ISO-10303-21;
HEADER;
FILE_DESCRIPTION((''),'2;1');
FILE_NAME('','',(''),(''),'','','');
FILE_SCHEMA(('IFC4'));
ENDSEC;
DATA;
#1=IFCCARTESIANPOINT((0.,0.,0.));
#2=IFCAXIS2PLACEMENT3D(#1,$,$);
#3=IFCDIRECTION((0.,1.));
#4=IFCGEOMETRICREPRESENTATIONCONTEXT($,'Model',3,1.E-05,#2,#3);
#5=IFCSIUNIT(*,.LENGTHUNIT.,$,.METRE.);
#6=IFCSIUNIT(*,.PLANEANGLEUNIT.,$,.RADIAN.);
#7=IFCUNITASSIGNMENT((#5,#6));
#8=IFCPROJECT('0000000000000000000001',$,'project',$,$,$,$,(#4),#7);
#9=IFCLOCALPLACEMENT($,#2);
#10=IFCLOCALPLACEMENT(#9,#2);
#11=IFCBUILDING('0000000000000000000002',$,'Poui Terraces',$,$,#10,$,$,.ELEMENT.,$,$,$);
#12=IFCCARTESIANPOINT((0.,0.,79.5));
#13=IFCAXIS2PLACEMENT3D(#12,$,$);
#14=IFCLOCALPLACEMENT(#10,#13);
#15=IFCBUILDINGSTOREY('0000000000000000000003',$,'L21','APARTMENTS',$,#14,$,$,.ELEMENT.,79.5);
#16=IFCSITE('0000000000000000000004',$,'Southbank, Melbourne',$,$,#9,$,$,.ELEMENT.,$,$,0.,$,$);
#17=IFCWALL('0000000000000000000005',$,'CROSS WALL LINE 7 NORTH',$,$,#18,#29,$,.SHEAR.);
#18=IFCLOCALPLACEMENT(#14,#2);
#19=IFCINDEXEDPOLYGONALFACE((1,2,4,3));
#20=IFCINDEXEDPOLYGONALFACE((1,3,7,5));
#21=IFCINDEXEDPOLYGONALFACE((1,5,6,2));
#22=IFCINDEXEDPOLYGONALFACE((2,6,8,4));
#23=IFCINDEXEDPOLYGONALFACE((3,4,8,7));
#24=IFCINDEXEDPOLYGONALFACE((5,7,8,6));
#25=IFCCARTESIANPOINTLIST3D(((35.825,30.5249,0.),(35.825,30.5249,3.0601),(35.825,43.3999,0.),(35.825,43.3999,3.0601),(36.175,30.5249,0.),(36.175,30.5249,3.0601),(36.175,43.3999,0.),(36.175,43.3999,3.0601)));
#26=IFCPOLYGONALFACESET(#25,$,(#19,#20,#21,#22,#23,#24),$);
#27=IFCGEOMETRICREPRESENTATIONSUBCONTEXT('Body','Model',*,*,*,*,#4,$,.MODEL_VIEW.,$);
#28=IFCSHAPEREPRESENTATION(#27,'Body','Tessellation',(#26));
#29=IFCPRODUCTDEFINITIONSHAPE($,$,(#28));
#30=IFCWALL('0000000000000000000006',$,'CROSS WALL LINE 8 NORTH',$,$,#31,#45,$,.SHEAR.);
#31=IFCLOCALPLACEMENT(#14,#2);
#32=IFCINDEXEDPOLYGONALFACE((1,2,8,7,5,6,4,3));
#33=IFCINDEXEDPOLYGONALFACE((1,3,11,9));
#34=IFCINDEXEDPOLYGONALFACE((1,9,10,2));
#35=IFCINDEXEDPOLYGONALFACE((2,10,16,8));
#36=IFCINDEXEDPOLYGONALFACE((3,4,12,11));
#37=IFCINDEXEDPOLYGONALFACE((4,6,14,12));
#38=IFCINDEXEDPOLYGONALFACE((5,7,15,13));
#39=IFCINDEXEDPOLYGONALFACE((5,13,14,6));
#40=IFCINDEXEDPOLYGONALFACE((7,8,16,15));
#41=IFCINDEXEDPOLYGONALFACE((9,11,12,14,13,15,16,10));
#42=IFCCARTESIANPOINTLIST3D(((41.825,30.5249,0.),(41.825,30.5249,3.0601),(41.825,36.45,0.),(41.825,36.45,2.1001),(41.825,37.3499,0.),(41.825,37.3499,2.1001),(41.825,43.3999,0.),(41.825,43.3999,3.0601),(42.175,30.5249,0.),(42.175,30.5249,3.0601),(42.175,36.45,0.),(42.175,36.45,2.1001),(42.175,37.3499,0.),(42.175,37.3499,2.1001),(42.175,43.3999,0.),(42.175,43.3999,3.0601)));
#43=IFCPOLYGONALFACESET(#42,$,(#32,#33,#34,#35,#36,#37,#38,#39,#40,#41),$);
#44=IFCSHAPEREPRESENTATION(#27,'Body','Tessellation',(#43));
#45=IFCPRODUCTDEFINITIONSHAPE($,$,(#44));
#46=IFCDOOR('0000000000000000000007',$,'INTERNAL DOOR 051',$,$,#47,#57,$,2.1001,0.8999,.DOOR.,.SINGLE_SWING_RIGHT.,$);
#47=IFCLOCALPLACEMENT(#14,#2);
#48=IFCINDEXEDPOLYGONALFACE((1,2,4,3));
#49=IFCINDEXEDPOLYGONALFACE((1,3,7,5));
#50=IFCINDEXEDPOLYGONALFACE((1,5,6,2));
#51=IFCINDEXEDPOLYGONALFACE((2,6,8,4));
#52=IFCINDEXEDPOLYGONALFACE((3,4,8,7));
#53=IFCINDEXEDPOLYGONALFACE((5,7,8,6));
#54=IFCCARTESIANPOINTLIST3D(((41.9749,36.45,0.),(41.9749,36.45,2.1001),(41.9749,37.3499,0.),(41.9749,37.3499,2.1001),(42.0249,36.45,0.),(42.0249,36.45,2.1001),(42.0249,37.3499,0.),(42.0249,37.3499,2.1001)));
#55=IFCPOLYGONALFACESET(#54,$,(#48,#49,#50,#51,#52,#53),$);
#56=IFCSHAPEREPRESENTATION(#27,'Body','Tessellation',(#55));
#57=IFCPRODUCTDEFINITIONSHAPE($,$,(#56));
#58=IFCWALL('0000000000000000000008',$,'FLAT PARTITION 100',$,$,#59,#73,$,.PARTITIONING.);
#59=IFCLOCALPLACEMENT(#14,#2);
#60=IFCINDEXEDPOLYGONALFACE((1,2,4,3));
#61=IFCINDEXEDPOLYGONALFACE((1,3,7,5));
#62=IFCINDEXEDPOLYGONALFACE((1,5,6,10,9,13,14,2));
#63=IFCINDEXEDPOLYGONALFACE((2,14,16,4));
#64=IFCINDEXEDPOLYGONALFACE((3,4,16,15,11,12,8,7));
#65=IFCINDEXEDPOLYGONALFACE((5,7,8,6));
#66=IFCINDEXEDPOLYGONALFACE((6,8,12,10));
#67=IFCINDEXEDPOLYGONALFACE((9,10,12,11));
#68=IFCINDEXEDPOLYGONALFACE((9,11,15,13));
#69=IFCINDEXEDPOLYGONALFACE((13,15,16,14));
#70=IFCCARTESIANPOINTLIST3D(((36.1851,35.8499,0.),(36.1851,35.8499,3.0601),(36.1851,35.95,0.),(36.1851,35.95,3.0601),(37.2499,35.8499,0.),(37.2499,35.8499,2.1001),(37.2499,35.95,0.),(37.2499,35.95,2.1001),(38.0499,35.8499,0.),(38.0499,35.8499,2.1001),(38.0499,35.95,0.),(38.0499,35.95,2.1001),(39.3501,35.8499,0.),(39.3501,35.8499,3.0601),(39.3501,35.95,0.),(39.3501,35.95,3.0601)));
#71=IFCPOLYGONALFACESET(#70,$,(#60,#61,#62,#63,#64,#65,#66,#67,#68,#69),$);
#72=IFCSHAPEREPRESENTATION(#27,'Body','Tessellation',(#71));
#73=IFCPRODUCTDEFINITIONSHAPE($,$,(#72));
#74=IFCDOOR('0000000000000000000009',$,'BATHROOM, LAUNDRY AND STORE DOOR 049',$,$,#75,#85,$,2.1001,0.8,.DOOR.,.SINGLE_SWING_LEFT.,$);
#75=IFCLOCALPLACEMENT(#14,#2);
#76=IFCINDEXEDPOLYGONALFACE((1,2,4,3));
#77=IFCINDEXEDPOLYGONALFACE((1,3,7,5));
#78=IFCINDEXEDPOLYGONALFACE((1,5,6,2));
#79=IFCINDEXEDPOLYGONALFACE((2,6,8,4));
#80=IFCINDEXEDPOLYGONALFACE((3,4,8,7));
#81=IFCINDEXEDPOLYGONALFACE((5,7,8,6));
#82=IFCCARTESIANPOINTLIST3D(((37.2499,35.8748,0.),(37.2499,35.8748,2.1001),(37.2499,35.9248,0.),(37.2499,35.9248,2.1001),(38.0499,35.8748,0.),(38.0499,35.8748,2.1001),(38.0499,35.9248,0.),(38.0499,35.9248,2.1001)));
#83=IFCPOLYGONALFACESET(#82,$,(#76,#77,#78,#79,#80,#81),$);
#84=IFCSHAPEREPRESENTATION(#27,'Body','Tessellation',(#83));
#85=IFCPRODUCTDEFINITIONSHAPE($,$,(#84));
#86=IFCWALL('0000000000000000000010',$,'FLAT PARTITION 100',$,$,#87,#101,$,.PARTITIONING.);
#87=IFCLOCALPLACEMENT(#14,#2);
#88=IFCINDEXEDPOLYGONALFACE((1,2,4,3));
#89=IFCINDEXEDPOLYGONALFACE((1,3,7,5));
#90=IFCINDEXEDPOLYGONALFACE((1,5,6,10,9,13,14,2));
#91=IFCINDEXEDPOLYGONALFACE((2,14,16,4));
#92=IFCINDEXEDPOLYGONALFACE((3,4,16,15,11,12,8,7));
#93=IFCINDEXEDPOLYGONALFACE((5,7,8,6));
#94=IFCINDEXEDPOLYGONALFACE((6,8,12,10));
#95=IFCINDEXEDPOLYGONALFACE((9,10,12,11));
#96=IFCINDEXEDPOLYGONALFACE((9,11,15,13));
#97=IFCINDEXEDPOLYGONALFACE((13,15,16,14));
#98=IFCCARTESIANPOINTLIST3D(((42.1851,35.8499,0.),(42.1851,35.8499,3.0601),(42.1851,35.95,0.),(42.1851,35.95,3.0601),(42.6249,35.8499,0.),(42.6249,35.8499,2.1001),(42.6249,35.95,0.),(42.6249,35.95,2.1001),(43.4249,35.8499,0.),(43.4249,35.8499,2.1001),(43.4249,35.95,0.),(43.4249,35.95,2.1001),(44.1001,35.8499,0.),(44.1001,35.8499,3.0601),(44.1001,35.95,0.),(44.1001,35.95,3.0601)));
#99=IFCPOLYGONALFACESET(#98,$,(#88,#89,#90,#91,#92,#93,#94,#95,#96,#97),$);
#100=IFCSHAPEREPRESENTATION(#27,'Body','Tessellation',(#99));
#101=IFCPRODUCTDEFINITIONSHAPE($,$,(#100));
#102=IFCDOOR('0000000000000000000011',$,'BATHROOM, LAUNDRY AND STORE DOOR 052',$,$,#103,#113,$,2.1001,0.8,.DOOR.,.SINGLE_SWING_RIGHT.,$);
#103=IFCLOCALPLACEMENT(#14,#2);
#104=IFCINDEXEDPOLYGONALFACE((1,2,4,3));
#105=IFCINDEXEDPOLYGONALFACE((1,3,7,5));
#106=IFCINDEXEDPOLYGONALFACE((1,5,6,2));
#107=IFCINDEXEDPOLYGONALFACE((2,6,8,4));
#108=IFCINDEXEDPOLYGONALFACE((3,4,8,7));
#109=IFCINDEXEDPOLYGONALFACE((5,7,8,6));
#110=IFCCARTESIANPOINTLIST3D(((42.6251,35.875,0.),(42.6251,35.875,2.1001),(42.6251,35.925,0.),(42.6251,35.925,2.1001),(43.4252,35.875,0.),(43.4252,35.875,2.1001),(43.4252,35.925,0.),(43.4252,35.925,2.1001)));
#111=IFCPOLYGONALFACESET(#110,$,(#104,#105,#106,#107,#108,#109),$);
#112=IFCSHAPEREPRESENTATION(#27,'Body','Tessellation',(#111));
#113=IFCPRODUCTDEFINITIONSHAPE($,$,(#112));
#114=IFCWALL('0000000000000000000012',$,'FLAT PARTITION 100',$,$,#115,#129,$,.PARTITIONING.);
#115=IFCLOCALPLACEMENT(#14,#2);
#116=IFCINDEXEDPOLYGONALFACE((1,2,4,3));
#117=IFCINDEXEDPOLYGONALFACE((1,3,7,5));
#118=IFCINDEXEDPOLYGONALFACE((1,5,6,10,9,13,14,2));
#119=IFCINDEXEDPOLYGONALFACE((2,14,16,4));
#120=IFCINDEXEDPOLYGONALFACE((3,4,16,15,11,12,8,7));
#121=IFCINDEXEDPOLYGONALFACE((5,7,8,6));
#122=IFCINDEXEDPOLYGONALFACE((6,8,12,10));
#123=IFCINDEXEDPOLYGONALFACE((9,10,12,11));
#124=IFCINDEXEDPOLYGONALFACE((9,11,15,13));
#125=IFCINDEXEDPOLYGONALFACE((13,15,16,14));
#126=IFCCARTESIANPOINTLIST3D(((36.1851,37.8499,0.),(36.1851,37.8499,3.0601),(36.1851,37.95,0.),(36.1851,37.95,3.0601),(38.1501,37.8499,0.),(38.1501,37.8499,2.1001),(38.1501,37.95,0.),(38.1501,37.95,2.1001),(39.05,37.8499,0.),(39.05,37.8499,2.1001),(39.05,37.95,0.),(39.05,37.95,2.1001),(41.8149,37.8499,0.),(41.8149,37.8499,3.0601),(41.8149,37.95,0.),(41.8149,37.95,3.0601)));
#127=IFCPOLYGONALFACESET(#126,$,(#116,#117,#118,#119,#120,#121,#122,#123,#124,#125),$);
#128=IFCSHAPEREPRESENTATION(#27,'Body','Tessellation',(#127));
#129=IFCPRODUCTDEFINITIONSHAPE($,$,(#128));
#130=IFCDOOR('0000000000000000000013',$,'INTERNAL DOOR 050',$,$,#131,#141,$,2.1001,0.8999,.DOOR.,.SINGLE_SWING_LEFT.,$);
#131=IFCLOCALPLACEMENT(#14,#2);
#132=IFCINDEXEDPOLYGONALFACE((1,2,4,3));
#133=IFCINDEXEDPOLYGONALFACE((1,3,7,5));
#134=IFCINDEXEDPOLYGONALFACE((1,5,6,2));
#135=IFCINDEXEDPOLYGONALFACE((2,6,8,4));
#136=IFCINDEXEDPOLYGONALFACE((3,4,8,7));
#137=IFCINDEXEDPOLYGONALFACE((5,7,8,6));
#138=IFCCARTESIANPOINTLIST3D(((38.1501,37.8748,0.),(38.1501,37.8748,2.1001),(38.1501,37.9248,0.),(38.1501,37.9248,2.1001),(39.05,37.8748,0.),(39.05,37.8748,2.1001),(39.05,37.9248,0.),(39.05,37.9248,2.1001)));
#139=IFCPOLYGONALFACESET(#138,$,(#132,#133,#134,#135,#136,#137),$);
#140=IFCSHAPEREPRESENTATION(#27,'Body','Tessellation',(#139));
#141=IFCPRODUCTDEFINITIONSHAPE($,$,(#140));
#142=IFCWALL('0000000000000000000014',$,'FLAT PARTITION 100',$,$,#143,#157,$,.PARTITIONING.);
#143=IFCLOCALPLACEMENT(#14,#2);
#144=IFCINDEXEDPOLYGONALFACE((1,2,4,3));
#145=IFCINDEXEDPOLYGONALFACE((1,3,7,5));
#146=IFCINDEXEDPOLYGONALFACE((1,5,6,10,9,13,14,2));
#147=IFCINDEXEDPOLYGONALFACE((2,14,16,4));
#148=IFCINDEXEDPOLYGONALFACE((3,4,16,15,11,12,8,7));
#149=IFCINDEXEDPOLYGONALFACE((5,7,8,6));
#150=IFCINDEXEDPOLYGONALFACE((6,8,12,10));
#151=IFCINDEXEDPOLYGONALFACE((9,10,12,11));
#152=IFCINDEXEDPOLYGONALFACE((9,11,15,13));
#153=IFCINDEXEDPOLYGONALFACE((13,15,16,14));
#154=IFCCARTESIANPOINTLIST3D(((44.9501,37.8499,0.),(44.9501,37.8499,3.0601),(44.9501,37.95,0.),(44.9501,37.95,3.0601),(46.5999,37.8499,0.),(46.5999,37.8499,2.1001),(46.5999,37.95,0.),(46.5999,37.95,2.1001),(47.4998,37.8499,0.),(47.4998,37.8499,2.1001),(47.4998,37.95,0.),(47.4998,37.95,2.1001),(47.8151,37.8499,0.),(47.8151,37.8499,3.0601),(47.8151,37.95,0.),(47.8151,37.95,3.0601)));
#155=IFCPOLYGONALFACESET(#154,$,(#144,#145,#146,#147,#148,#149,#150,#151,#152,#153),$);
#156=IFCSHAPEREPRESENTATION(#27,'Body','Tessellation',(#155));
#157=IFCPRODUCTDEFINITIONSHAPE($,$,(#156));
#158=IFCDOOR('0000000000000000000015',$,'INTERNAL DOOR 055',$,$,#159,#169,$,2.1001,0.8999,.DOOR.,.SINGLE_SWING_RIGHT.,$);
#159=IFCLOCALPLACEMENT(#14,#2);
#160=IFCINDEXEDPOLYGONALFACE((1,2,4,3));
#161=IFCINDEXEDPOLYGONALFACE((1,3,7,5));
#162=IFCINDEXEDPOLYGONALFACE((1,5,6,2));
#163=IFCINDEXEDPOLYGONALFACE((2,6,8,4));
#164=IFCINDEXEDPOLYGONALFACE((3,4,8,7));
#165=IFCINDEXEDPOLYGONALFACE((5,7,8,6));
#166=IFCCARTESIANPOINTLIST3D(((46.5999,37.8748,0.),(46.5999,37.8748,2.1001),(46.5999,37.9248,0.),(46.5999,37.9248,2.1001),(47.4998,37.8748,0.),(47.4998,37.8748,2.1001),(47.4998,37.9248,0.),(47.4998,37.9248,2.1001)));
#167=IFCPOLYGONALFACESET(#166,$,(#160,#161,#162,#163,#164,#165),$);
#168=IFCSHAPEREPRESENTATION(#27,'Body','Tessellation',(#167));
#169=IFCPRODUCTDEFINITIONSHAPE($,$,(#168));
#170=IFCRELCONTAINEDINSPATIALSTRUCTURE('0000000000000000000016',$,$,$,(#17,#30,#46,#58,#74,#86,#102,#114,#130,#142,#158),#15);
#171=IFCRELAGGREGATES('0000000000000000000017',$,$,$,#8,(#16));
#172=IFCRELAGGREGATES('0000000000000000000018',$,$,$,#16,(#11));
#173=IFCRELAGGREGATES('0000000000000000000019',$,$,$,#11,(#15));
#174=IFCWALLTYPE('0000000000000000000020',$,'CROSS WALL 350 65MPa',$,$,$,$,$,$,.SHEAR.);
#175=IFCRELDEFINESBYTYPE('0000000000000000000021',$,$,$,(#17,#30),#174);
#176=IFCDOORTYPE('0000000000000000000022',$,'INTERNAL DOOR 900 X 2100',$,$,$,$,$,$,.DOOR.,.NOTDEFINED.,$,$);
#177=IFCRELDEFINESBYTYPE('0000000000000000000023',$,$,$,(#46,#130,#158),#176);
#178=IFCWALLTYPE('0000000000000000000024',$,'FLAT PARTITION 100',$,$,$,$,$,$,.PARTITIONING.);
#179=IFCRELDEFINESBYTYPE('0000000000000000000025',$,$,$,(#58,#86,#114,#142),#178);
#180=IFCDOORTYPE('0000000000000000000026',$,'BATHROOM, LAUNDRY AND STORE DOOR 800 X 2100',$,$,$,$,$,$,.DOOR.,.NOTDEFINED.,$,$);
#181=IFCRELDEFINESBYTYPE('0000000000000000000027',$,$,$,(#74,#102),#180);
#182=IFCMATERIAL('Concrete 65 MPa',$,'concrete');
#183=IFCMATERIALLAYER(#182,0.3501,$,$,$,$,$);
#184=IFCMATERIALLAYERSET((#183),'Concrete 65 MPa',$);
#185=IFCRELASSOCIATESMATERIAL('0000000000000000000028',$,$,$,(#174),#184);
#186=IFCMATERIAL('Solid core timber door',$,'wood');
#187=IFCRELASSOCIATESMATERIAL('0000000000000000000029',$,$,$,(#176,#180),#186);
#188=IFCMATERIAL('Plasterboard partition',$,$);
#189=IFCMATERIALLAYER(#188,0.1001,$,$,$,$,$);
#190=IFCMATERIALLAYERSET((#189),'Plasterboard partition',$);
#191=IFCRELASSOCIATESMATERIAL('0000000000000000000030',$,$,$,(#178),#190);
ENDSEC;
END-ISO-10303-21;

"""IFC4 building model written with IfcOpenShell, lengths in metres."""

from ifc_helpers import new_model, si_unit, direction, frame, frame_2d, origin, place, context, subcontext, project, spatial, rectangle, extrude, material, layer, layer_set, type_object, element, fill, save


model = new_model("IFC4")

# Units and contexts
model_context = context("Model", 3, precision=1e-05, world=origin(), true_north=direction((0.0, 1.0)))
body_context = subcontext(model_context, "Body", "Model", "MODEL_VIEW")
ifc_project = project(units=[si_unit("LENGTHUNIT", "METRE"), si_unit("PLANEANGLEUNIT", "RADIAN")], contexts=[model_context])

# Site, building, storey
site_placement = place(None, origin())
site = spatial("IfcSite", under=ifc_project, at=site_placement, Name="Southbank, Melbourne", CompositionType="ELEMENT", RefElevation=0.0)
building_placement = place(site_placement, origin())
building = spatial("IfcBuilding", under=site, at=building_placement, Name="Poui Terraces", CompositionType="ELEMENT")
storey_placement = place(building_placement, frame((0.0, 0.0, 79.5)))
storey = spatial("IfcBuildingStorey", under=building, at=storey_placement, Name="L21", Description="APARTMENTS", CompositionType="ELEMENT", Elevation=79.5)

# Wall
ifc_material_1 = material(Name="Concrete 65 MPa", Category="concrete")
ifc_layer_1 = layer(ifc_material_1, 0.3501)
ifc_layer_set_1 = layer_set([ifc_layer_1], Name="Concrete 65 MPa")
wall_type_1 = type_object("IfcWallType", Name="CROSS WALL 350 65MPa", PredefinedType="SHEAR", material=ifc_layer_set_1)
wall_1_placement = place(storey_placement, frame((36.0, 30.5249, 0.0), z_axis=(0.0, 0.0, 1.0), x_axis=(0.0, 1.0, 0.0)))
element("IfcWall", 1, at=wall_1_placement, inside=storey, type_object=wall_type_1, Name="CROSS WALL LINE 7 NORTH", PredefinedType="SHEAR", context=body_context, shape_type="SweptSolid", body=[
    extrude(rectangle(XDim=12.875, YDim=0.3501, at=frame_2d((6.4375, 0.0))), origin(), (0.0, 0.0, 1.0), 3.0601),
])

# Walls, openings, doors
wall_2_placement = place(storey_placement, frame((42.0, 30.5249, 0.0), z_axis=(0.0, 0.0, 1.0), x_axis=(0.0, 1.0, 0.0)))
wall_2 = element("IfcWall", 2, at=wall_2_placement, inside=storey, type_object=wall_type_1, Name="CROSS WALL LINE 8 NORTH", PredefinedType="SHEAR", context=body_context, shape_type="SweptSolid", body=[
    extrude(rectangle(XDim=12.875, YDim=0.3501, at=frame_2d((6.4375, 0.0))), origin(), (0.0, 0.0, 1.0), 3.0601),
])
opening_1_placement = place(wall_2_placement, frame((5.925, 0.0, 0.0)))
opening_1 = element("IfcOpeningElement", 3, at=opening_1_placement, cuts=wall_2, PredefinedType="OPENING", context=body_context, shape_type="SweptSolid", body=[
    extrude(rectangle(XDim=0.8999, YDim=2.1001, at=frame_2d((0.45, 1.05))), frame((0.0, 0.1851, 0.0), z_axis=(0.0, -1.0, 0.0), x_axis=(1.0, 0.0, 0.0)), (0.0, 0.0, 1.0), 0.3701),
])
ifc_material_2 = material(Name="Solid core timber door", Category="wood")
door_type_1 = type_object("IfcDoorType", Name="INTERNAL DOOR 900 X 2100", OperationType="NOTDEFINED", PredefinedType="DOOR", material=ifc_material_2)
door_1_placement = place(opening_1_placement, frame((0.8999, 0.0, 0.0), z_axis=(0.0, 0.0, 1.0), x_axis=(-1.0, 0.0, 0.0)))
door_1 = element("IfcDoor", 4, at=door_1_placement, inside=storey, type_object=door_type_1, Name="INTERNAL DOOR 051", OperationType="SINGLE_SWING_RIGHT", OverallHeight=2.1001, OverallWidth=0.8999, PredefinedType="DOOR", context=body_context, shape_type="SweptSolid", body=[
    extrude(rectangle(XDim=0.8999, YDim=2.1001, at=frame_2d((0.45, 1.05))), frame((0.0, 0.0249, 0.0), z_axis=(0.0, -1.0, 0.0), x_axis=(1.0, 0.0, 0.0)), (0.0, 0.0, 1.0), 0.05),
])
fill(opening_1, door_1)
ifc_material_3 = material(Name="Plasterboard partition")
ifc_layer_2 = layer(ifc_material_3, 0.1001)
ifc_layer_set_2 = layer_set([ifc_layer_2], Name="Plasterboard partition")
wall_type_2 = type_object("IfcWallType", Name="FLAT PARTITION 100", PredefinedType="PARTITIONING", material=ifc_layer_set_2)
wall_3_placement = place(storey_placement, frame((36.1851, 35.8999, 0.0), z_axis=(0.0, 0.0, 1.0), x_axis=(1.0, 0.0, 0.0)))
wall_3 = element("IfcWall", 5, at=wall_3_placement, inside=storey, type_object=wall_type_2, Name="FLAT PARTITION 100", PredefinedType="PARTITIONING", context=body_context, shape_type="SweptSolid", body=[
    extrude(rectangle(XDim=3.165, YDim=0.1001, at=frame_2d((1.5825, 0.0))), origin(), (0.0, 0.0, 1.0), 3.0601),
])
opening_2_placement = place(wall_3_placement, frame((1.0649, 0.0, 0.0)))
opening_2 = element("IfcOpeningElement", 6, at=opening_2_placement, cuts=wall_3, PredefinedType="OPENING", context=body_context, shape_type="SweptSolid", body=[
    extrude(rectangle(XDim=0.8, YDim=2.1001, at=frame_2d((0.3999, 1.05))), frame((0.0, 0.0601, 0.0), z_axis=(0.0, -1.0, 0.0), x_axis=(1.0, 0.0, 0.0)), (0.0, 0.0, 1.0), 0.1201),
])
door_type_2 = type_object("IfcDoorType", Name="BATHROOM, LAUNDRY AND STORE DOOR 800 X 2100", OperationType="NOTDEFINED", PredefinedType="DOOR", material=ifc_material_2)
door_2_placement = place(opening_2_placement, origin())
door_2 = element("IfcDoor", 7, at=door_2_placement, inside=storey, type_object=door_type_2, Name="BATHROOM, LAUNDRY AND STORE DOOR 049", OperationType="SINGLE_SWING_LEFT", OverallHeight=2.1001, OverallWidth=0.8, PredefinedType="DOOR", context=body_context, shape_type="SweptSolid", body=[
    extrude(rectangle(XDim=0.8, YDim=2.1001, at=frame_2d((0.3999, 1.05))), frame((0.0, 0.0249, 0.0), z_axis=(0.0, -1.0, 0.0), x_axis=(1.0, 0.0, 0.0)), (0.0, 0.0, 1.0), 0.05),
])
fill(opening_2, door_2)
wall_4_placement = place(storey_placement, frame((42.1851, 35.8999, 0.0), z_axis=(0.0, 0.0, 1.0), x_axis=(1.0, 0.0, 0.0)))
wall_4 = element("IfcWall", 8, at=wall_4_placement, inside=storey, type_object=wall_type_2, Name="FLAT PARTITION 100", PredefinedType="PARTITIONING", context=body_context, shape_type="SweptSolid", body=[
    extrude(rectangle(XDim=1.915, YDim=0.1001, at=frame_2d((0.9575, 0.0))), origin(), (0.0, 0.0, 1.0), 3.0601),
])
opening_3_placement = place(wall_4_placement, frame((0.4399, 0.0, 0.0)))
opening_3 = element("IfcOpeningElement", 9, at=opening_3_placement, cuts=wall_4, PredefinedType="OPENING", context=body_context, shape_type="SweptSolid", body=[
    extrude(rectangle(XDim=0.8, YDim=2.1001, at=frame_2d((0.3999, 1.05))), frame((0.0, 0.0601, 0.0), z_axis=(0.0, -1.0, 0.0), x_axis=(1.0, 0.0, 0.0)), (0.0, 0.0, 1.0), 0.1201),
])
door_3_placement = place(opening_3_placement, frame((0.8, 0.0, 0.0), z_axis=(0.0, 0.0, 1.0), x_axis=(-1.0, 0.0, 0.0)))
door_3 = element("IfcDoor", 10, at=door_3_placement, inside=storey, type_object=door_type_2, Name="BATHROOM, LAUNDRY AND STORE DOOR 052", OperationType="SINGLE_SWING_RIGHT", OverallHeight=2.1001, OverallWidth=0.8, PredefinedType="DOOR", context=body_context, shape_type="SweptSolid", body=[
    extrude(rectangle(XDim=0.8, YDim=2.1001, at=frame_2d((0.3999, 1.05))), frame((0.0, 0.0249, 0.0), z_axis=(0.0, -1.0, 0.0), x_axis=(1.0, 0.0, 0.0)), (0.0, 0.0, 1.0), 0.05),
])
fill(opening_3, door_3)
wall_5_placement = place(storey_placement, frame((36.1851, 37.8999, 0.0), z_axis=(0.0, 0.0, 1.0), x_axis=(1.0, 0.0, 0.0)))
wall_5 = element("IfcWall", 11, at=wall_5_placement, inside=storey, type_object=wall_type_2, Name="FLAT PARTITION 100", PredefinedType="PARTITIONING", context=body_context, shape_type="SweptSolid", body=[
    extrude(rectangle(XDim=5.6299, YDim=0.1001, at=frame_2d((2.8149, 0.0))), origin(), (0.0, 0.0, 1.0), 3.0601),
])
opening_4_placement = place(wall_5_placement, frame((1.9651, 0.0, 0.0)))
opening_4 = element("IfcOpeningElement", 12, at=opening_4_placement, cuts=wall_5, PredefinedType="OPENING", context=body_context, shape_type="SweptSolid", body=[
    extrude(rectangle(XDim=0.8999, YDim=2.1001, at=frame_2d((0.45, 1.05))), frame((0.0, 0.0601, 0.0), z_axis=(0.0, -1.0, 0.0), x_axis=(1.0, 0.0, 0.0)), (0.0, 0.0, 1.0), 0.1201),
])
door_4_placement = place(opening_4_placement, origin())
door_4 = element("IfcDoor", 13, at=door_4_placement, inside=storey, type_object=door_type_1, Name="INTERNAL DOOR 050", OperationType="SINGLE_SWING_LEFT", OverallHeight=2.1001, OverallWidth=0.8999, PredefinedType="DOOR", context=body_context, shape_type="SweptSolid", body=[
    extrude(rectangle(XDim=0.8999, YDim=2.1001, at=frame_2d((0.45, 1.05))), frame((0.0, 0.0249, 0.0), z_axis=(0.0, -1.0, 0.0), x_axis=(1.0, 0.0, 0.0)), (0.0, 0.0, 1.0), 0.05),
])
fill(opening_4, door_4)
wall_6_placement = place(storey_placement, frame((44.95, 37.8999, 0.0), z_axis=(0.0, 0.0, 1.0), x_axis=(1.0, 0.0, 0.0)))
wall_6 = element("IfcWall", 14, at=wall_6_placement, inside=storey, type_object=wall_type_2, Name="FLAT PARTITION 100", PredefinedType="PARTITIONING", context=body_context, shape_type="SweptSolid", body=[
    extrude(rectangle(XDim=2.865, YDim=0.1001, at=frame_2d((1.4326, 0.0))), origin(), (0.0, 0.0, 1.0), 3.0601),
])
opening_5_placement = place(wall_6_placement, frame((1.6499, 0.0, 0.0)))
opening_5 = element("IfcOpeningElement", 15, at=opening_5_placement, cuts=wall_6, PredefinedType="OPENING", context=body_context, shape_type="SweptSolid", body=[
    extrude(rectangle(XDim=0.8999, YDim=2.1001, at=frame_2d((0.45, 1.05))), frame((0.0, 0.0601, 0.0), z_axis=(0.0, -1.0, 0.0), x_axis=(1.0, 0.0, 0.0)), (0.0, 0.0, 1.0), 0.1201),
])
door_5_placement = place(opening_5_placement, origin())
door_5 = element("IfcDoor", 16, at=door_5_placement, inside=storey, type_object=door_type_1, Name="INTERNAL DOOR 055", OperationType="SINGLE_SWING_RIGHT", OverallHeight=2.1001, OverallWidth=0.8999, PredefinedType="DOOR", context=body_context, shape_type="SweptSolid", body=[
    extrude(rectangle(XDim=0.8999, YDim=2.1001, at=frame_2d((0.45, 1.05))), frame((0.0, 0.0249, 0.0), z_axis=(0.0, -1.0, 0.0), x_axis=(1.0, 0.0, 0.0)), (0.0, 0.0, 1.0), 0.05),
])
fill(opening_5, door_5)

save(model, "model.ifc")
